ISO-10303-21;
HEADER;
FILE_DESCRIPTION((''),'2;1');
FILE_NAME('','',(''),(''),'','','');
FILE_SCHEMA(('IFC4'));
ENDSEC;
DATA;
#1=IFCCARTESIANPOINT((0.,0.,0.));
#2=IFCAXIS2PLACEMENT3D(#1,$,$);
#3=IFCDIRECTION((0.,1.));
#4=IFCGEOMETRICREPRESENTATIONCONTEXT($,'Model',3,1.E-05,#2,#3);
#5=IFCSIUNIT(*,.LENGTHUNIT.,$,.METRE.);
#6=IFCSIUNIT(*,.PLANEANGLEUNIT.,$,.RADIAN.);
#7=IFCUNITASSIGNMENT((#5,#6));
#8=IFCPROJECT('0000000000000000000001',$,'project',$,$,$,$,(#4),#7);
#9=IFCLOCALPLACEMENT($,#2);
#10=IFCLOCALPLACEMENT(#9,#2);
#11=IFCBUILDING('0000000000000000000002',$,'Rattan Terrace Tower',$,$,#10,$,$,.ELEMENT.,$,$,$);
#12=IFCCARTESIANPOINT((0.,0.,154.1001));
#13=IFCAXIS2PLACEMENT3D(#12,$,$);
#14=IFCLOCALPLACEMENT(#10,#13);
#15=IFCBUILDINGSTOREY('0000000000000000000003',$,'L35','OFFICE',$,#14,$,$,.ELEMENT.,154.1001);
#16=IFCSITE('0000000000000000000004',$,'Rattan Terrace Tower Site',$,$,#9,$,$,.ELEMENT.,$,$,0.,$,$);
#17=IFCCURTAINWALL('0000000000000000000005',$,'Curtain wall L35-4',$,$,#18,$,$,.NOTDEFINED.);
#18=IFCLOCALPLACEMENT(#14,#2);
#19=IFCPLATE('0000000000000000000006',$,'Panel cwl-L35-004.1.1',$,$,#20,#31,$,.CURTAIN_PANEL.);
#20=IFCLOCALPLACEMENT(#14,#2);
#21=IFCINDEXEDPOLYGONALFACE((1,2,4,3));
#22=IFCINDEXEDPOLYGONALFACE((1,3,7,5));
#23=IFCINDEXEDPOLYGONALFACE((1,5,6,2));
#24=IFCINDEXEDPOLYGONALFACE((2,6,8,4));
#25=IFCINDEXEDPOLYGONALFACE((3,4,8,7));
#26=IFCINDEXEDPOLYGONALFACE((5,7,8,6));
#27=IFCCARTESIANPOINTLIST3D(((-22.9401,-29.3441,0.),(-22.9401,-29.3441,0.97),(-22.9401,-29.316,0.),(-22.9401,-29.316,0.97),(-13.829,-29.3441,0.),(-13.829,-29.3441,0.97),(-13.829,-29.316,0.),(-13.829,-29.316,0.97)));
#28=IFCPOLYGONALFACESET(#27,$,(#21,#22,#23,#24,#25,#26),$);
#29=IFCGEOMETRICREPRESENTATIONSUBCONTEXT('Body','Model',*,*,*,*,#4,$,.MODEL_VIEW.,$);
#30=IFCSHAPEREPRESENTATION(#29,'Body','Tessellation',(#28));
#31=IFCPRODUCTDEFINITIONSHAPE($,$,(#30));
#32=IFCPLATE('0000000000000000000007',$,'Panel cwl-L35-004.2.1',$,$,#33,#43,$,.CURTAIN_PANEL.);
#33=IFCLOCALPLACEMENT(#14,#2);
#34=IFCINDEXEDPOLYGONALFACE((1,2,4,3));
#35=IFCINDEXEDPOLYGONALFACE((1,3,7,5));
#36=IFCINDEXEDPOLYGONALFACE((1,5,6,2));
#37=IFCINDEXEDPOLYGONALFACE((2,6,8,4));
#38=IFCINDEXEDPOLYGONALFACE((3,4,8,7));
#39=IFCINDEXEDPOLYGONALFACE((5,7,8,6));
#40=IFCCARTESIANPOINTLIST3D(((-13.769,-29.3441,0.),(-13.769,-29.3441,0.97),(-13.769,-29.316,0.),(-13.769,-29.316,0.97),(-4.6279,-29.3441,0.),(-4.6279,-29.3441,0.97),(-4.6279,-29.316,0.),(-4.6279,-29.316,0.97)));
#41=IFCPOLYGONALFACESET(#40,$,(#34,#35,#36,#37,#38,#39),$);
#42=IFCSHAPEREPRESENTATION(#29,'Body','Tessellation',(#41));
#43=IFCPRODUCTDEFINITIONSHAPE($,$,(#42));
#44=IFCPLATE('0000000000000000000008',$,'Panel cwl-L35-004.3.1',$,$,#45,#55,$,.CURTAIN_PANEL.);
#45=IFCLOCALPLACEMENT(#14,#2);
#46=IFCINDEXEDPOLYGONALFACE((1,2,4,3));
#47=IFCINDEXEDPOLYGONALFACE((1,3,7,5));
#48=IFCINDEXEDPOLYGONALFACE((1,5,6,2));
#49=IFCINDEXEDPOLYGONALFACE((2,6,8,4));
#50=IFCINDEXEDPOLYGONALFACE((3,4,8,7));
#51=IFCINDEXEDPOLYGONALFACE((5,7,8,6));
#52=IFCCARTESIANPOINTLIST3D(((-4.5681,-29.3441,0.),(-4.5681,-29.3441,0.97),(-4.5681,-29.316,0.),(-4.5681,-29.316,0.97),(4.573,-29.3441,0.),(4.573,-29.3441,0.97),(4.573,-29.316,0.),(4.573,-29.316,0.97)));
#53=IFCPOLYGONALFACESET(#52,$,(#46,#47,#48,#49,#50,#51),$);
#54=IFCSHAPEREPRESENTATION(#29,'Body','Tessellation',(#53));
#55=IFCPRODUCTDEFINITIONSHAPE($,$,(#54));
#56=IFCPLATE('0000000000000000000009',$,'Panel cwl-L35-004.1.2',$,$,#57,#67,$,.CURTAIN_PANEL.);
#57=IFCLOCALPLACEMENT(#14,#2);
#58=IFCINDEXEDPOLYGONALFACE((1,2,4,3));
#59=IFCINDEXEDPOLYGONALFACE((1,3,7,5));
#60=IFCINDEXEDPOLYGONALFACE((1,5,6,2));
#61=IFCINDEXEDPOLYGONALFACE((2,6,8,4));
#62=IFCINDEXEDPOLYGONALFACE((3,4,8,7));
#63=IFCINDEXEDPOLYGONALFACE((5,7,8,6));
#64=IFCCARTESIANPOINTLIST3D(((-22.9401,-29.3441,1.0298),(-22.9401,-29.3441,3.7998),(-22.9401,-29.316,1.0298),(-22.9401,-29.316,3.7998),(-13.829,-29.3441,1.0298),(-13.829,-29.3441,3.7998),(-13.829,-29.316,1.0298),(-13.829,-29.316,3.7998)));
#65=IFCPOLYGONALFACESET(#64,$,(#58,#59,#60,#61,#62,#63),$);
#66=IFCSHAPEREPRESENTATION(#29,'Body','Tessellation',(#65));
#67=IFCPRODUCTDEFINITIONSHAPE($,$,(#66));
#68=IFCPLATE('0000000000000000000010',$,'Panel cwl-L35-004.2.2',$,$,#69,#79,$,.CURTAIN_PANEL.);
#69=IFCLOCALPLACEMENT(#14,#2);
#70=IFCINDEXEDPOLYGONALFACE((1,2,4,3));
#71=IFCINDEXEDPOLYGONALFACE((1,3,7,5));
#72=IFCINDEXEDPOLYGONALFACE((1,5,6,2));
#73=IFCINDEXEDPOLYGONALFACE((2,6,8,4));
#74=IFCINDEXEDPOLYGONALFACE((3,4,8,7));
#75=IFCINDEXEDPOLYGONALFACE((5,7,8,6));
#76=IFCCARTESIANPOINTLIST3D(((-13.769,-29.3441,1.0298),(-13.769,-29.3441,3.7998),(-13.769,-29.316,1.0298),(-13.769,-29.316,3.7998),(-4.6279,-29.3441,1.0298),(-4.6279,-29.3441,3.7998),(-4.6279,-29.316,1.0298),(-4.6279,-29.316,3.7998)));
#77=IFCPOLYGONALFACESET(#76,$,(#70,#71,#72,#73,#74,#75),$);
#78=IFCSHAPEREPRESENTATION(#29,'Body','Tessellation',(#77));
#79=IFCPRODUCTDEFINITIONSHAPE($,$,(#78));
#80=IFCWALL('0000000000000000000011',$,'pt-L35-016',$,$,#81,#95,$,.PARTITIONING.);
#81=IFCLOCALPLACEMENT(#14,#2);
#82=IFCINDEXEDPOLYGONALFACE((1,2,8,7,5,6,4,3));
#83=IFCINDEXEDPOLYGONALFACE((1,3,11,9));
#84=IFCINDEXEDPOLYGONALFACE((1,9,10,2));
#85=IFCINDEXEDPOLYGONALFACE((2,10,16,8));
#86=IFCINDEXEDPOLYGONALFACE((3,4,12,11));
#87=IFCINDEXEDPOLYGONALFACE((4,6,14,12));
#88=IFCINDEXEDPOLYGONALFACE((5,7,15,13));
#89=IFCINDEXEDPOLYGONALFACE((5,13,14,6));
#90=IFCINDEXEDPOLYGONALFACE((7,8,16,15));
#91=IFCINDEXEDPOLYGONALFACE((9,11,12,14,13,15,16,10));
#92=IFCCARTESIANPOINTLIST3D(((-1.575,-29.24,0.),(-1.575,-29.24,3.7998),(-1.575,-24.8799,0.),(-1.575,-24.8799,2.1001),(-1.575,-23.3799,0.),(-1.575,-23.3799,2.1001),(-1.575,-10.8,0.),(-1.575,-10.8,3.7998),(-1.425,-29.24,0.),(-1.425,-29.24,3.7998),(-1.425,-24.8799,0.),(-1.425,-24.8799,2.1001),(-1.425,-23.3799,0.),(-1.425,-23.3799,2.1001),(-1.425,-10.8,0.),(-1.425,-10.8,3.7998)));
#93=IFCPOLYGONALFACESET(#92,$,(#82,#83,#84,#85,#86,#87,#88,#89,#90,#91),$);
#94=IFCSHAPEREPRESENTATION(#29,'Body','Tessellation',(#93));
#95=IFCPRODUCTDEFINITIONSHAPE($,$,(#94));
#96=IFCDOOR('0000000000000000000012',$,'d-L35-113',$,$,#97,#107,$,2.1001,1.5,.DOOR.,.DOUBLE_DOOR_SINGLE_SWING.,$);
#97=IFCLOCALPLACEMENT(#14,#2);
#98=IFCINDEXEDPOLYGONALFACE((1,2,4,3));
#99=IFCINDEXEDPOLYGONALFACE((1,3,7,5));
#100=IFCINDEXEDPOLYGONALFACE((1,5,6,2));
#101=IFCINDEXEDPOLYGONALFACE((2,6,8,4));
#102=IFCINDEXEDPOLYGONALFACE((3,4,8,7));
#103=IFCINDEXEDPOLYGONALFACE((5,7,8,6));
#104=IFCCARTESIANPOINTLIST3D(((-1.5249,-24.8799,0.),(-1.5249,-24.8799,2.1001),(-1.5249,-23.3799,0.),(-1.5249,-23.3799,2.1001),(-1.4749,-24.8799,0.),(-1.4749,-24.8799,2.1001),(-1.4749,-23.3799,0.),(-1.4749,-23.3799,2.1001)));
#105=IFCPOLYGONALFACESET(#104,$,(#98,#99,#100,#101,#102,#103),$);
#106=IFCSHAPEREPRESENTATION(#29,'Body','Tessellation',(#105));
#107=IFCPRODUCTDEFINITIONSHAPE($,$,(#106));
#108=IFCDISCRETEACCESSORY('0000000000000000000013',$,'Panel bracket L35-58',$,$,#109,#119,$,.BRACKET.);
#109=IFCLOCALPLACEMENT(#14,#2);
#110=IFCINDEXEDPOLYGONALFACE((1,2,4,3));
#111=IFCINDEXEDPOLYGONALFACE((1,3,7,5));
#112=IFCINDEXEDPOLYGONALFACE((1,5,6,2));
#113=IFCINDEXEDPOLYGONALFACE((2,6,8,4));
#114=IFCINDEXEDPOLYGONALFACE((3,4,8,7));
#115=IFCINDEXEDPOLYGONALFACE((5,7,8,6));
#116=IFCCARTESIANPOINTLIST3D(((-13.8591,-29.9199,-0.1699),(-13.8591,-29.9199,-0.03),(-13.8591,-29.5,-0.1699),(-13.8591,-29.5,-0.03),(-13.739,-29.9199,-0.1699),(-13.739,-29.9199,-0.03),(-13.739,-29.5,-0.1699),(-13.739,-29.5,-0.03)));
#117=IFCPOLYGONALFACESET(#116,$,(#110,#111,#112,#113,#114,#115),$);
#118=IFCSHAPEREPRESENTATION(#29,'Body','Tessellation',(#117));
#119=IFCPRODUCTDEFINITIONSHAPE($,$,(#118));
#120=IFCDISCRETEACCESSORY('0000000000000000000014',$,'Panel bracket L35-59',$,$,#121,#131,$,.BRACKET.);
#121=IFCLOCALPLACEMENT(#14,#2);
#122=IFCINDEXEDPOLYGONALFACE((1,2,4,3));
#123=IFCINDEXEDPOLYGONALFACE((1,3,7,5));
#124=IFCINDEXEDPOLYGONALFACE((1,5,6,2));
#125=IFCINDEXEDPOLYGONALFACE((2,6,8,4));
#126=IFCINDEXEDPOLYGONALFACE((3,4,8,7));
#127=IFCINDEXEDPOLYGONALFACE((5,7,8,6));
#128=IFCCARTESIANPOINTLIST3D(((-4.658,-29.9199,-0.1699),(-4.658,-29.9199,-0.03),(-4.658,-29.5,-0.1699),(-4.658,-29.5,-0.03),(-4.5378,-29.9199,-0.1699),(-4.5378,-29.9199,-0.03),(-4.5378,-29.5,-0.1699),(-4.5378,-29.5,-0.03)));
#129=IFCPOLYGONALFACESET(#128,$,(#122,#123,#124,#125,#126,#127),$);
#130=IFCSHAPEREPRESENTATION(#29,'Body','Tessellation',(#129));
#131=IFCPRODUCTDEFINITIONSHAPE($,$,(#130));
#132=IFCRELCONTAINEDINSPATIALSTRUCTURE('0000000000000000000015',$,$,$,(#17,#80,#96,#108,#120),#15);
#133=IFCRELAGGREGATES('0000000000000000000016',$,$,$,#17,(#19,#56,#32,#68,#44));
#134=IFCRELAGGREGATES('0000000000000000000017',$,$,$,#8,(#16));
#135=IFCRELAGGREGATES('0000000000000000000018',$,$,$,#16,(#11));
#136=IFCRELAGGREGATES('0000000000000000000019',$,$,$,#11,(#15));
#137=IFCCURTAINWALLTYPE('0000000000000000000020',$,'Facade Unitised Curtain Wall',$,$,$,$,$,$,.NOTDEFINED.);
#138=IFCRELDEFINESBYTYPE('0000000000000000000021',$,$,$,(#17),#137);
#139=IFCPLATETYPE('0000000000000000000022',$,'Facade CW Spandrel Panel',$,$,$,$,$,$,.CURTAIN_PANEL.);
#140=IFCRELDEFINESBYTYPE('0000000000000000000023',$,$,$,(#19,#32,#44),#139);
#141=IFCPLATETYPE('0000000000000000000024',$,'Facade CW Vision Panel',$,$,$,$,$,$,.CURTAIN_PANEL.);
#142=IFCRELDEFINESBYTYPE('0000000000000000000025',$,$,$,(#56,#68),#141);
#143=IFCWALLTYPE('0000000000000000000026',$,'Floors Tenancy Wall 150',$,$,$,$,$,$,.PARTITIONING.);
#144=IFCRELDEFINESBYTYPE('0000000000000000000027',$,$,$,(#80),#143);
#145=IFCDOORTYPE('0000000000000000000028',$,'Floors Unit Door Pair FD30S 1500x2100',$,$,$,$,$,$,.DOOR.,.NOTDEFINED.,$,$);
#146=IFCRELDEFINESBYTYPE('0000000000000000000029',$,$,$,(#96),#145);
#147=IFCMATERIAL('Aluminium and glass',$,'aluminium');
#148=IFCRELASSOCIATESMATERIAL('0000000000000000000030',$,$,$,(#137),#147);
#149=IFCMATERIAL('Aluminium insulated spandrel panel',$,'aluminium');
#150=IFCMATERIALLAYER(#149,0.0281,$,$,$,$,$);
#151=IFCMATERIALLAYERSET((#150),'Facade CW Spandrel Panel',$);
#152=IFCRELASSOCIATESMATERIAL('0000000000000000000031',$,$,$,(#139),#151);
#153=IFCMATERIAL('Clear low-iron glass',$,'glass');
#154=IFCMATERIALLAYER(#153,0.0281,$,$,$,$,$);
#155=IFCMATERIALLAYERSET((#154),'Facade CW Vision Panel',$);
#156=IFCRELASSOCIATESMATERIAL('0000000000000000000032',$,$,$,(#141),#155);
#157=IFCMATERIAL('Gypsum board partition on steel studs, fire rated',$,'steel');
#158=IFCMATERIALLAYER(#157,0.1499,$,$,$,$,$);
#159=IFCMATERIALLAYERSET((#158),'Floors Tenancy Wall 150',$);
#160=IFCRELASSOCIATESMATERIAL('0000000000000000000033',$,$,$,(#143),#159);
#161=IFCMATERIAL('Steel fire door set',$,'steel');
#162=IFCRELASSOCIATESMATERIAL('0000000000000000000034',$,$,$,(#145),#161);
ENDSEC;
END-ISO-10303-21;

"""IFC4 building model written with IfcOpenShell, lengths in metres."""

from ifc_helpers import new_model, si_unit, direction, frame, frame_2d, origin, origin_2d, place, context, subcontext, project, spatial, rectangle, extrude, material, layer, layer_set, type_object, element, fill, aggregate, save


model = new_model("IFC4")

# Units and contexts
model_context = context("Model", 3, precision=1e-05, world=origin(), true_north=direction((0.0, 1.0)))
body_context = subcontext(model_context, "Body", "Model", "MODEL_VIEW")
ifc_project = project(units=[si_unit("LENGTHUNIT", "METRE"), si_unit("PLANEANGLEUNIT", "RADIAN")], contexts=[model_context])

# Site, building, storey
site_placement = place(None, origin())
site = spatial("IfcSite", under=ifc_project, at=site_placement, Name="Rattan Terrace Tower Site", CompositionType="ELEMENT", RefElevation=0.0)
building_placement = place(site_placement, origin())
building = spatial("IfcBuilding", under=site, at=building_placement, Name="Rattan Terrace Tower", CompositionType="ELEMENT")
storey_placement = place(building_placement, frame((0.0, 0.0, 154.1001)))
storey = spatial("IfcBuildingStorey", under=building, at=storey_placement, Name="L35", Description="OFFICE", CompositionType="ELEMENT", Elevation=154.1001)

# Curtain wall
ifc_material_1 = material(Name="Aluminium and glass", Category="aluminium")
curtain_wall_type = type_object("IfcCurtainWallType", Name="Facade Unitised Curtain Wall", PredefinedType="NOTDEFINED", material=ifc_material_1)
curtain_wall_placement = place(storey_placement, origin())
curtain_wall = element("IfcCurtainWall", 1, at=curtain_wall_placement, inside=storey, type_object=curtain_wall_type, Name="Curtain wall L35-4", PredefinedType="NOTDEFINED")

# Plates
ifc_material_2 = material(Name="Aluminium insulated spandrel panel", Category="aluminium")
ifc_layer_1 = layer(ifc_material_2, 0.0281)
ifc_layer_set_1 = layer_set([ifc_layer_1], Name="Facade CW Spandrel Panel")
plate_type_1 = type_object("IfcPlateType", Name="Facade CW Spandrel Panel", PredefinedType="CURTAIN_PANEL", material=ifc_layer_set_1)
plate_1_placement = place(storey_placement, frame((-18.3845, -29.3301, 0.0), z_axis=(0.0, 0.0, 1.0), x_axis=(1.0, 0.0, 0.0)))
plate_1 = element("IfcPlate", 2, at=plate_1_placement, type_object=plate_type_1, Name="Panel cwl-L35-004.1.1", PredefinedType="CURTAIN_PANEL", context=body_context, shape_type="SweptSolid", body=[
    extrude(rectangle(XDim=9.1111, YDim=0.0281, at=origin_2d()), origin(), (0.0, 0.0, 1.0), 0.97),
])
plate_2_placement = place(storey_placement, frame((-9.1985, -29.3301, 0.0), z_axis=(0.0, 0.0, 1.0), x_axis=(1.0, 0.0, 0.0)))
plate_2 = element("IfcPlate", 3, at=plate_2_placement, type_object=plate_type_1, Name="Panel cwl-L35-004.2.1", PredefinedType="CURTAIN_PANEL", context=body_context, shape_type="SweptSolid", body=[
    extrude(rectangle(XDim=9.1411, YDim=0.0281, at=origin_2d()), origin(), (0.0, 0.0, 1.0), 0.97),
])
plate_3_placement = place(storey_placement, frame((0.0024, -29.3301, 0.0), z_axis=(0.0, 0.0, 1.0), x_axis=(1.0, 0.0, 0.0)))
plate_3 = element("IfcPlate", 4, at=plate_3_placement, type_object=plate_type_1, Name="Panel cwl-L35-004.3.1", PredefinedType="CURTAIN_PANEL", context=body_context, shape_type="SweptSolid", body=[
    extrude(rectangle(XDim=9.1411, YDim=0.0281, at=origin_2d()), origin(), (0.0, 0.0, 1.0), 0.97),
])
ifc_material_3 = material(Name="Clear low-iron glass", Category="glass")
ifc_layer_2 = layer(ifc_material_3, 0.0281)
ifc_layer_set_2 = layer_set([ifc_layer_2], Name="Facade CW Vision Panel")
plate_type_2 = type_object("IfcPlateType", Name="Facade CW Vision Panel", PredefinedType="CURTAIN_PANEL", material=ifc_layer_set_2)
plate_4_placement = place(storey_placement, frame((-18.3845, -29.3301, 1.0298), z_axis=(0.0, 0.0, 1.0), x_axis=(1.0, 0.0, 0.0)))
plate_4 = element("IfcPlate", 5, at=plate_4_placement, type_object=plate_type_2, Name="Panel cwl-L35-004.1.2", PredefinedType="CURTAIN_PANEL", context=body_context, shape_type="SweptSolid", body=[
    extrude(rectangle(XDim=9.1111, YDim=0.0281, at=origin_2d()), origin(), (0.0, 0.0, 1.0), 2.77),
])
plate_5_placement = place(storey_placement, frame((-9.1985, -29.3301, 1.0298), z_axis=(0.0, 0.0, 1.0), x_axis=(1.0, 0.0, 0.0)))
plate_5 = element("IfcPlate", 6, at=plate_5_placement, type_object=plate_type_2, Name="Panel cwl-L35-004.2.2", PredefinedType="CURTAIN_PANEL", context=body_context, shape_type="SweptSolid", body=[
    extrude(rectangle(XDim=9.1411, YDim=0.0281, at=origin_2d()), origin(), (0.0, 0.0, 1.0), 2.77),
])
aggregate(curtain_wall, [plate_1, plate_4, plate_2, plate_5, plate_3])

# Wall, opening, door
ifc_material_4 = material(Name="Gypsum board partition on steel studs, fire rated", Category="steel")
ifc_layer_3 = layer(ifc_material_4, 0.1499)
ifc_layer_set_3 = layer_set([ifc_layer_3], Name="Floors Tenancy Wall 150")
wall_type = type_object("IfcWallType", Name="Floors Tenancy Wall 150", PredefinedType="PARTITIONING", material=ifc_layer_set_3)
wall_placement = place(storey_placement, frame((-1.5, -29.24, 0.0), z_axis=(0.0, 0.0, 1.0), x_axis=(0.0, 1.0, 0.0)))
wall = element("IfcWall", 7, at=wall_placement, inside=storey, type_object=wall_type, Name="pt-L35-016", PredefinedType="PARTITIONING", context=body_context, shape_type="SweptSolid", body=[
    extrude(rectangle(XDim=18.4399, YDim=0.1499, at=frame_2d((9.22, 0.0))), origin(), (0.0, 0.0, 1.0), 3.7998),
])
opening_placement = place(wall_placement, frame((4.3601, 0.0, 0.0)))
opening = element("IfcOpeningElement", 8, at=opening_placement, cuts=wall, PredefinedType="OPENING", context=body_context, shape_type="SweptSolid", body=[
    extrude(rectangle(XDim=1.5, YDim=2.1001, at=frame_2d((0.75, 1.05))), frame((0.0, 0.0854, 0.0), z_axis=(0.0, -1.0, 0.0), x_axis=(1.0, 0.0, 0.0)), (0.0, 0.0, 1.0), 0.1709),
])
ifc_material_5 = material(Name="Steel fire door set", Category="steel")
door_type = type_object("IfcDoorType", Name="Floors Unit Door Pair FD30S 1500x2100", OperationType="NOTDEFINED", PredefinedType="DOOR", material=ifc_material_5)
door_placement = place(opening_placement, origin())
door = element("IfcDoor", 9, at=door_placement, inside=storey, type_object=door_type, Name="d-L35-113", OperationType="DOUBLE_DOOR_SINGLE_SWING", OverallHeight=2.1001, OverallWidth=1.5, PredefinedType="DOOR", context=body_context, shape_type="SweptSolid", body=[
    extrude(rectangle(XDim=1.5, YDim=2.1001, at=frame_2d((0.75, 1.05))), frame((0.0, 0.0249, 0.0), z_axis=(0.0, -1.0, 0.0), x_axis=(1.0, 0.0, 0.0)), (0.0, 0.0, 1.0), 0.05),
])
fill(opening, door)

# Discrete accessories
for number, where, z_axis, x_axis, name in (
    (10, (-13.7991, -29.71, -0.1699), (0.0, 0.0, 1.0), (1.0, 0.0, 0.0), "Panel bracket L35-58"),
    (11, (-4.5979, -29.71, -0.1699), (0.0, 0.0, 1.0), (1.0, 0.0, 0.0), "Panel bracket L35-59"),
):
    element("IfcDiscreteAccessory", number, at=place(storey_placement, frame(where, z_axis=z_axis, x_axis=x_axis)), inside=storey, Name=name, PredefinedType="BRACKET", context=body_context, shape_type="SweptSolid", body=[
        extrude(rectangle(XDim=0.1201, YDim=0.4199, at=origin_2d()), origin(), (0.0, 0.0, 1.0), 0.1399),
    ])

save(model, "model.ifc")
